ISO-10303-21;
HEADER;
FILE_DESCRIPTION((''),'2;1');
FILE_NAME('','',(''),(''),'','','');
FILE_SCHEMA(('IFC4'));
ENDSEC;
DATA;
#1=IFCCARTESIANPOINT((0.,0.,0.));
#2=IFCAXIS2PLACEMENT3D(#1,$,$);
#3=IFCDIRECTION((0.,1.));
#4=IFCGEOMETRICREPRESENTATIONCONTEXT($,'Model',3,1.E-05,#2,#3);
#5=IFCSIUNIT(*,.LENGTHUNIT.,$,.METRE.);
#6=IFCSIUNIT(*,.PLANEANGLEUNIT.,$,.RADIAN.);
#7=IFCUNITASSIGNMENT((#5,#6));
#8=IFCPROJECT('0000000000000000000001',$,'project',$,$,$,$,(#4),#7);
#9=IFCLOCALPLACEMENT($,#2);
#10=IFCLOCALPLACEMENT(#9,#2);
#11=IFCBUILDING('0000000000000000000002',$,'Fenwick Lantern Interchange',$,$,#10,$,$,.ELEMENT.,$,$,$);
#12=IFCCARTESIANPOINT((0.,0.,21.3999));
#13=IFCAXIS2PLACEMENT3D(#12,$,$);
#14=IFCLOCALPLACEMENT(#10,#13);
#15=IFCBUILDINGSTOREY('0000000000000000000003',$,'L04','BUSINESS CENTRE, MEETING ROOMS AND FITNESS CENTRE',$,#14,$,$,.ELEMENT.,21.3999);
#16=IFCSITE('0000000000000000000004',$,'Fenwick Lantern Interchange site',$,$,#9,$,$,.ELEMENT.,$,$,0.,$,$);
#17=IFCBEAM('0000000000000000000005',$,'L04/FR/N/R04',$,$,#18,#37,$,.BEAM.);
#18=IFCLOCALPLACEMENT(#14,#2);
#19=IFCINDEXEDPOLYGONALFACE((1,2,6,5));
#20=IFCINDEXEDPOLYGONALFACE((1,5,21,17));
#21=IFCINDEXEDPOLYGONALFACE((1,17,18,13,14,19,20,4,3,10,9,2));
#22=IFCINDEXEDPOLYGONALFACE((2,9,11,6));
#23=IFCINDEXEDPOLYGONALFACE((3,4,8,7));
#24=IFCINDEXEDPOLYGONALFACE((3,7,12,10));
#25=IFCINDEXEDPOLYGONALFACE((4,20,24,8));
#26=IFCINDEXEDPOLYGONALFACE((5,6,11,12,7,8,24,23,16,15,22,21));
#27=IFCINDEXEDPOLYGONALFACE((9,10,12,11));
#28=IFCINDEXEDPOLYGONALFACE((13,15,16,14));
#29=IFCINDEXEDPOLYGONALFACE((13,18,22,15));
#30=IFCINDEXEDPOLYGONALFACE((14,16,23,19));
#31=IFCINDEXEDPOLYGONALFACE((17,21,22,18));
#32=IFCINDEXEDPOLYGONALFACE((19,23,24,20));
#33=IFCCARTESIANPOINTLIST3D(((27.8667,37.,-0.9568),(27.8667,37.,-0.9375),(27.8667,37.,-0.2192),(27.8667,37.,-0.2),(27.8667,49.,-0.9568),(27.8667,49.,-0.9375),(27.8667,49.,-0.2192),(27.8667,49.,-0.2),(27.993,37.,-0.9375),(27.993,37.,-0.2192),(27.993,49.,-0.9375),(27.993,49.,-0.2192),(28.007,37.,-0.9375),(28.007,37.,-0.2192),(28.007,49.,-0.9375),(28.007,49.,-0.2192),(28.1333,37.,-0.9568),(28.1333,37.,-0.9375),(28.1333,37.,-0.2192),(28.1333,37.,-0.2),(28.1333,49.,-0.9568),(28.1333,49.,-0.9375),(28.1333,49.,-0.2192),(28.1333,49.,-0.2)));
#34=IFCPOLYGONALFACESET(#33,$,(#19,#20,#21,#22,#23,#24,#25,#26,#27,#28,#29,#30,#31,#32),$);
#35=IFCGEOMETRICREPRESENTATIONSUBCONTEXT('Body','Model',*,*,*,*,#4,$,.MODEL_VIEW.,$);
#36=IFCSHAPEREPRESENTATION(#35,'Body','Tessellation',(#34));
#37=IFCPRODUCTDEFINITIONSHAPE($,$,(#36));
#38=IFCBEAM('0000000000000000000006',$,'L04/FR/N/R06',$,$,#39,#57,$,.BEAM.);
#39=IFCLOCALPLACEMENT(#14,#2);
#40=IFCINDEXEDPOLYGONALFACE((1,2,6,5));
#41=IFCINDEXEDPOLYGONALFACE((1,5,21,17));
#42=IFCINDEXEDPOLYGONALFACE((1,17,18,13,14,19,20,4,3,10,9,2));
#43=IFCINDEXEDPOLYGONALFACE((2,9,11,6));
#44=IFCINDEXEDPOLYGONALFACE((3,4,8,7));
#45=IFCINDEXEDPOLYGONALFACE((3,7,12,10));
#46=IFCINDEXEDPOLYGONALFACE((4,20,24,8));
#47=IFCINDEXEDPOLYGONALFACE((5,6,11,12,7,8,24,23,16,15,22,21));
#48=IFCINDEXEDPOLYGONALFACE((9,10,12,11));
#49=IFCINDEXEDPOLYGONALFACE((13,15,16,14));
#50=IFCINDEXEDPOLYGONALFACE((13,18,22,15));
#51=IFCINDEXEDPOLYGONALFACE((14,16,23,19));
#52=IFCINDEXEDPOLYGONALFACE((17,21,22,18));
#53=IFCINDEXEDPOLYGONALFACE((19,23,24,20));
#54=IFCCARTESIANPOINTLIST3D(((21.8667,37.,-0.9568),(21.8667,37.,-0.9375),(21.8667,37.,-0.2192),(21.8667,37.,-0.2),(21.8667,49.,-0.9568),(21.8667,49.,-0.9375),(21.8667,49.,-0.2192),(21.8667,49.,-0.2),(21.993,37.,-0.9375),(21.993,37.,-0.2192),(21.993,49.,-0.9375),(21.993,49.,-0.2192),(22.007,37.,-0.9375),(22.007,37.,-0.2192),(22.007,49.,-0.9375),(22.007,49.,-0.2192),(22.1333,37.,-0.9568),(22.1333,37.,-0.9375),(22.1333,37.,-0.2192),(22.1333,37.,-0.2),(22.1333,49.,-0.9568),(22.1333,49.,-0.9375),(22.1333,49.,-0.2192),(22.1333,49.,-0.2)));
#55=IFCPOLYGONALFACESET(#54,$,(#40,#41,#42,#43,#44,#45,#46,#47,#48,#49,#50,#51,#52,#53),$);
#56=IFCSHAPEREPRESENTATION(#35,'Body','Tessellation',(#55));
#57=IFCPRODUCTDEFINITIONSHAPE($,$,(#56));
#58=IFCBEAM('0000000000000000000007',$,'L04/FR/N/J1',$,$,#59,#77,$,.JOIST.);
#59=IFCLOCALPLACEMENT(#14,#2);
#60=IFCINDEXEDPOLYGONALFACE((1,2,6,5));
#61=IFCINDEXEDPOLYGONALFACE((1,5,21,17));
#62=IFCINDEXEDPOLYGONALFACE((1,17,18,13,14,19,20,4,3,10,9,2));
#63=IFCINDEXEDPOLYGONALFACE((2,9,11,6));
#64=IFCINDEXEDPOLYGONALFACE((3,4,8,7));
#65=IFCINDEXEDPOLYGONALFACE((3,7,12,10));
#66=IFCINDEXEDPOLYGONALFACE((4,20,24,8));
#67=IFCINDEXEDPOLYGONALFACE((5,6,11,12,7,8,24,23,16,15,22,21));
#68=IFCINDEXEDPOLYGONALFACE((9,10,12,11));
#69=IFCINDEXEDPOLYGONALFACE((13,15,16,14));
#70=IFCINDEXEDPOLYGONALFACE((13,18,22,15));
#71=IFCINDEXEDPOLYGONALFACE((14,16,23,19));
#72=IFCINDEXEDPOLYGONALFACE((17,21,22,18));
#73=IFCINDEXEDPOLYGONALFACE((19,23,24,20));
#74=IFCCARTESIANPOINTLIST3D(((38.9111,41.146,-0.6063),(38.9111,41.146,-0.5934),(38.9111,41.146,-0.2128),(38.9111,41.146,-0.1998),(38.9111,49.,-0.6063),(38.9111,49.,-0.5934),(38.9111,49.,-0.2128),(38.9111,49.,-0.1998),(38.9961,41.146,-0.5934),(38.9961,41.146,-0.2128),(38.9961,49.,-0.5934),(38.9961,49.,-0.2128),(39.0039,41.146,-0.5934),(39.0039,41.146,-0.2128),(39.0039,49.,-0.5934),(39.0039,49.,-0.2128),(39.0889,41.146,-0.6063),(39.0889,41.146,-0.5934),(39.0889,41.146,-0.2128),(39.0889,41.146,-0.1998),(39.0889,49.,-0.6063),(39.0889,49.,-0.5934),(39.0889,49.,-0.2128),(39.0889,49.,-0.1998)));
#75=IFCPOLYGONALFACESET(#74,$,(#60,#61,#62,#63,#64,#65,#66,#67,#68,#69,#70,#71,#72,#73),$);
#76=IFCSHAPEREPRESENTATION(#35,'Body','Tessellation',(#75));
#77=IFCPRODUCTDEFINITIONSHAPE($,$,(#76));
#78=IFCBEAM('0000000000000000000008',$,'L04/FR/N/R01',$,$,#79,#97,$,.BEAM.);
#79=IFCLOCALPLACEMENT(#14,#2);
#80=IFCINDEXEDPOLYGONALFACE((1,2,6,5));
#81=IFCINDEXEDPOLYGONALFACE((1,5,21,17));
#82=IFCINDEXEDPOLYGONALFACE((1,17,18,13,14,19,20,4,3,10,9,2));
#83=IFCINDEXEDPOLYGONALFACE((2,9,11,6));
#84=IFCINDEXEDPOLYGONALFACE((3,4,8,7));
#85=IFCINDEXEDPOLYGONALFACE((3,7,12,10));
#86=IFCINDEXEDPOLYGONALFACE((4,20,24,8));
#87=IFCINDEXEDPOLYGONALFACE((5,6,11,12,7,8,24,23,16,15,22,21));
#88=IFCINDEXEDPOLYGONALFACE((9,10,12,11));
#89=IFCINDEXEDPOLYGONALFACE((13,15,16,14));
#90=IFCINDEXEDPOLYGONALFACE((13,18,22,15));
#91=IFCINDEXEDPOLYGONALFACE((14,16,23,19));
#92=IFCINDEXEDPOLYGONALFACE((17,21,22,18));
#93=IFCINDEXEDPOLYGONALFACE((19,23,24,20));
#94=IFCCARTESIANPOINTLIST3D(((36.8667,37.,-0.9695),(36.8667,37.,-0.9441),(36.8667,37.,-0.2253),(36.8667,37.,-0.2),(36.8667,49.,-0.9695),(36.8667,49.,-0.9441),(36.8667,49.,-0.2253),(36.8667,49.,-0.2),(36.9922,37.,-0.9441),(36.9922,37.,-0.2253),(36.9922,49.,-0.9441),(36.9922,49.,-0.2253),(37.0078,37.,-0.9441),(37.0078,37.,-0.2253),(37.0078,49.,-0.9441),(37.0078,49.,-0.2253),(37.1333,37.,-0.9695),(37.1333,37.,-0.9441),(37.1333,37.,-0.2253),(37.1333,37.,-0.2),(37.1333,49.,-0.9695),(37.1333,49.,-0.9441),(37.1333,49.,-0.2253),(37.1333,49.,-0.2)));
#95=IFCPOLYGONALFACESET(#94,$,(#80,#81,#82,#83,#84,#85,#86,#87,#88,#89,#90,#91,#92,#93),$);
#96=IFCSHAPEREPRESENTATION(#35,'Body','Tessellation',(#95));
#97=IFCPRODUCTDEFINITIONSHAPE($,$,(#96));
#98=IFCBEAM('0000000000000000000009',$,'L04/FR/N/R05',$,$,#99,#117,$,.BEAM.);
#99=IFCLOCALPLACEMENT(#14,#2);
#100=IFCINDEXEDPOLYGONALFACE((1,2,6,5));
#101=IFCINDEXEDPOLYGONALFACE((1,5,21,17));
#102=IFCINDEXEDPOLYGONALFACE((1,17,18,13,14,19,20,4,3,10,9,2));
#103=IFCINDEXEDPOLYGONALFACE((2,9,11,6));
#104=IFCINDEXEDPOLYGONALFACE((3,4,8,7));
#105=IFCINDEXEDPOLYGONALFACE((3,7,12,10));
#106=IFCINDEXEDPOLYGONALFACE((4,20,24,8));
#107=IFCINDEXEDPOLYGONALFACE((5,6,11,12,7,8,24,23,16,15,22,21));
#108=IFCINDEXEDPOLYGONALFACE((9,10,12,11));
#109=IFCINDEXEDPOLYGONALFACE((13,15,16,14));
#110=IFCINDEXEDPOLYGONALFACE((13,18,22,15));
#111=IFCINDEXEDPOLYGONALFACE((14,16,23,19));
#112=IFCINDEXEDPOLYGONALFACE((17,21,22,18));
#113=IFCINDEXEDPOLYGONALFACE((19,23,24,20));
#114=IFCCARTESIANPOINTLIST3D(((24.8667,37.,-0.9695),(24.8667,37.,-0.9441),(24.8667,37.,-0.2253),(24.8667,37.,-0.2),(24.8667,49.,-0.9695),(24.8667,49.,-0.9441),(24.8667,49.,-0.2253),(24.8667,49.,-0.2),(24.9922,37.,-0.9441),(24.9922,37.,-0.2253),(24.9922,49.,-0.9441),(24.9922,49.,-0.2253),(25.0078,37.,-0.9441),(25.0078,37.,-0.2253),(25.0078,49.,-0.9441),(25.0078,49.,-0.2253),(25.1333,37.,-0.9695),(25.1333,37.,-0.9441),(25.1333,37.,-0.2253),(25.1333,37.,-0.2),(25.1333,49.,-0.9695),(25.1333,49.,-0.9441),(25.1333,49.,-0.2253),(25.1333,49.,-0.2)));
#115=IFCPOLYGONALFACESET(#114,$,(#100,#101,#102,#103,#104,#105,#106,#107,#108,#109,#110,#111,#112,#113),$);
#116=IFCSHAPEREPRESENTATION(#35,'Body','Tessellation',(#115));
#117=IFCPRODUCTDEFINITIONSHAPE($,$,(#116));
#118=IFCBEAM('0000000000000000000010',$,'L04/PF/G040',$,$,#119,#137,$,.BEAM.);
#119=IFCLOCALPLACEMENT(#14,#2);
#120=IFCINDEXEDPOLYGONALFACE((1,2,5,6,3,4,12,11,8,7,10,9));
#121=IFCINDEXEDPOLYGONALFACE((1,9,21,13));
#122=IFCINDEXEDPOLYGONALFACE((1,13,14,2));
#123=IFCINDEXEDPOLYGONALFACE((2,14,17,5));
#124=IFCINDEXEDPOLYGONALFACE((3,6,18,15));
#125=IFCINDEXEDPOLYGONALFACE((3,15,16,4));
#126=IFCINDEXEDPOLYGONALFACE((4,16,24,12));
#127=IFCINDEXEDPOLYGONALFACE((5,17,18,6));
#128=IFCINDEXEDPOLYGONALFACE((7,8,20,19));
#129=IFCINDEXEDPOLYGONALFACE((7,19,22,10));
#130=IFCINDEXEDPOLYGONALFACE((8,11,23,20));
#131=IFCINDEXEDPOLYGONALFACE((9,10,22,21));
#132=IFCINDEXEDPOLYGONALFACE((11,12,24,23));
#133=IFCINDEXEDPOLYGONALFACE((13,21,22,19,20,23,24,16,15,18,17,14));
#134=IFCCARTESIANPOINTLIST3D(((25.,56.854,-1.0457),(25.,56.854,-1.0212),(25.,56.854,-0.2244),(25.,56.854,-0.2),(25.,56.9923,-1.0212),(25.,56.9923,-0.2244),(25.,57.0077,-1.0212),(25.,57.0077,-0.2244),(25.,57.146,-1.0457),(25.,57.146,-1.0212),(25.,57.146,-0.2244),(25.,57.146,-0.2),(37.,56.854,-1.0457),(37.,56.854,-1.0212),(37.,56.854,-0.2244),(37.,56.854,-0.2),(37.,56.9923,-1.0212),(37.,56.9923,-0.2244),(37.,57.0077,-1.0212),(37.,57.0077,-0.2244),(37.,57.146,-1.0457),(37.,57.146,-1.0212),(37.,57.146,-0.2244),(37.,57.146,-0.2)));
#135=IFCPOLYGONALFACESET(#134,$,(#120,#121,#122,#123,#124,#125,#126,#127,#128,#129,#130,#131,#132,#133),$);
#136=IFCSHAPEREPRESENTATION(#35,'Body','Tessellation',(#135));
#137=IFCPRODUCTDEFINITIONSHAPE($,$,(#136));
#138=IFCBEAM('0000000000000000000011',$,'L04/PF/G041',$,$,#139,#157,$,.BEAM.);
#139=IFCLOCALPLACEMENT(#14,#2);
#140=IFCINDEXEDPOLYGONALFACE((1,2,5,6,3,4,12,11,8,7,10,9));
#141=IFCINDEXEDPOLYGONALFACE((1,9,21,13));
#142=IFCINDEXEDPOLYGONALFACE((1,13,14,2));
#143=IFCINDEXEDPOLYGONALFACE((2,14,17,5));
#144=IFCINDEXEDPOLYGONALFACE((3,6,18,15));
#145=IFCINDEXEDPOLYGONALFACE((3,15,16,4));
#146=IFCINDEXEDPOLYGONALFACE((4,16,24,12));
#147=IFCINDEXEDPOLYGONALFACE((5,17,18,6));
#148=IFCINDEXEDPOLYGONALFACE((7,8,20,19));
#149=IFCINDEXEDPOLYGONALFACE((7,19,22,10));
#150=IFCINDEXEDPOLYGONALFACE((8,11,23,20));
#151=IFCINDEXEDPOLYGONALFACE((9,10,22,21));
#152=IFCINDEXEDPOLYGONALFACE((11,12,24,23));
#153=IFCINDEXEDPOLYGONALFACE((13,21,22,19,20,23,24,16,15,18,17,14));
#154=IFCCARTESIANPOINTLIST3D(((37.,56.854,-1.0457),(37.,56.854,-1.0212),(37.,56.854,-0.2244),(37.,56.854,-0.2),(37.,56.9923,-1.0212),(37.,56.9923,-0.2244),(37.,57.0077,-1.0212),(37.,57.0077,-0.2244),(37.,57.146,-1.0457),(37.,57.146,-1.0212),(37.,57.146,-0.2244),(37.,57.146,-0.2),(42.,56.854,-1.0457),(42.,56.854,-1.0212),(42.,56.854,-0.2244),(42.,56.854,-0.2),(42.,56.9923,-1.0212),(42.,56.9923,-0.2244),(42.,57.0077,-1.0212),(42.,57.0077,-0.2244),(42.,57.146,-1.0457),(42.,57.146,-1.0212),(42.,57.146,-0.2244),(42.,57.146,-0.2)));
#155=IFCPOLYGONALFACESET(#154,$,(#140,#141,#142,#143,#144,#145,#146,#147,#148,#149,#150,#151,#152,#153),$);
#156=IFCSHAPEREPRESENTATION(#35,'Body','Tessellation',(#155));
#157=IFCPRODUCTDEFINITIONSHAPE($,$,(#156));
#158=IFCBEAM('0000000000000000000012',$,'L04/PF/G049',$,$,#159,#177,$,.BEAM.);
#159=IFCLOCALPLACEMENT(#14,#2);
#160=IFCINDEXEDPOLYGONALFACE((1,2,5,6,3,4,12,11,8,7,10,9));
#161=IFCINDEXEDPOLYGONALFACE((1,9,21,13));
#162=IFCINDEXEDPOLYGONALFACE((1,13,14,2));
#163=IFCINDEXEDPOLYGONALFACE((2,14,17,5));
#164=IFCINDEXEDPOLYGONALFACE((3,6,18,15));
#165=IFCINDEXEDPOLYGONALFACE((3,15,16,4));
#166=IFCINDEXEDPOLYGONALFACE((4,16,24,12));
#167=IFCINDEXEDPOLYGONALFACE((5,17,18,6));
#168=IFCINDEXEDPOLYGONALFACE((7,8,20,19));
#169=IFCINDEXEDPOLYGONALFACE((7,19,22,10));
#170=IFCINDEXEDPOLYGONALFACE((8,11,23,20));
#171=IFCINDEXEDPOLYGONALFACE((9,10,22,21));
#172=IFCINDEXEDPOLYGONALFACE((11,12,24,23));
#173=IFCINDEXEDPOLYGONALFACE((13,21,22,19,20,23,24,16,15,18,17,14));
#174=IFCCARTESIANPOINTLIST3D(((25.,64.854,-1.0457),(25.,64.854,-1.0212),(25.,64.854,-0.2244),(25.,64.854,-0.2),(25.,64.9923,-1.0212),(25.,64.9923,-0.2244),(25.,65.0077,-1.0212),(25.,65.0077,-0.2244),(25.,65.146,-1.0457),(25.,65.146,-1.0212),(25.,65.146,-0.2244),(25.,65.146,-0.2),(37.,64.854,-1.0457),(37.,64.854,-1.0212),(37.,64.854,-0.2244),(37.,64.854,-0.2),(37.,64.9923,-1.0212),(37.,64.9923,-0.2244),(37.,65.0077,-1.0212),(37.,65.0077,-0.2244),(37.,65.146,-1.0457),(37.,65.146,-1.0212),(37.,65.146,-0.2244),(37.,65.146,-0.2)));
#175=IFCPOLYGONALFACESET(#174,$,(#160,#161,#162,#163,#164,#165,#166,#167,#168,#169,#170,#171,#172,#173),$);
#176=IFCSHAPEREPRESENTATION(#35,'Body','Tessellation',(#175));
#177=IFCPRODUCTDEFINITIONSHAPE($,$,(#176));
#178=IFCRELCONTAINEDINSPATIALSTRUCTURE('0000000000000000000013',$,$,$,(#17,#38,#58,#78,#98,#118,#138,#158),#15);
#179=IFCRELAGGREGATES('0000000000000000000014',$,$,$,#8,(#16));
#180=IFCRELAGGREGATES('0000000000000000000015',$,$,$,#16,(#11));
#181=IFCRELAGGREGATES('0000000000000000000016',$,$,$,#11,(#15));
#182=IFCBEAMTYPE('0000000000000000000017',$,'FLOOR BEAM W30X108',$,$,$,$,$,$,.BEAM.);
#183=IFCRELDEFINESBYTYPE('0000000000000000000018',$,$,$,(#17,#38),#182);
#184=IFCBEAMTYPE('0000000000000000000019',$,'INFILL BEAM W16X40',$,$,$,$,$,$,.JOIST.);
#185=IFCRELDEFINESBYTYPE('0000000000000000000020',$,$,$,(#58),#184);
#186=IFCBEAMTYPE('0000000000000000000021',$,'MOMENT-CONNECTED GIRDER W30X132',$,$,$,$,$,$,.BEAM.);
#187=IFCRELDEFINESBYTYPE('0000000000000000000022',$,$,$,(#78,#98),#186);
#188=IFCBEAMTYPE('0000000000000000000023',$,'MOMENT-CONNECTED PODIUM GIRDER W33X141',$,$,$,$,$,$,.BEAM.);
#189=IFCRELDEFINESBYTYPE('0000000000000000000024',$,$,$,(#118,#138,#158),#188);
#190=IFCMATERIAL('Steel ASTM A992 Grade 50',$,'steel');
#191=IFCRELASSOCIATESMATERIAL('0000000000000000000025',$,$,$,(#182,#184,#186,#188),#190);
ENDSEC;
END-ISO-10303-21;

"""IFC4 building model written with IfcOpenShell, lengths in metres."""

from ifc_helpers import new_model, si_unit, direction, frame, origin, origin_2d, place, context, subcontext, project, spatial, i_section, extrude, material, material_profile, profile_set, type_object, element, save


model = new_model("IFC4")

# Units and contexts
model_context = context("Model", 3, precision=1e-05, world=origin(), true_north=direction((0.0, 1.0)))
body_context = subcontext(model_context, "Body", "Model", "MODEL_VIEW")
ifc_project = project(units=[si_unit("LENGTHUNIT", "METRE"), si_unit("PLANEANGLEUNIT", "RADIAN")], contexts=[model_context])

# Site, building, storey
site_placement = place(None, origin())
site = spatial("IfcSite", under=ifc_project, at=site_placement, Name="Fenwick Lantern Interchange site", CompositionType="ELEMENT", RefElevation=0.0)
building_placement = place(site_placement, origin())
building = spatial("IfcBuilding", under=site, at=building_placement, Name="Fenwick Lantern Interchange", CompositionType="ELEMENT")
storey_placement = place(building_placement, frame((0.0, 0.0, 21.3999)))
storey = spatial("IfcBuildingStorey", under=building, at=storey_placement, Name="L04", Description="BUSINESS CENTRE, MEETING ROOMS AND FITNESS CENTRE", CompositionType="ELEMENT", Elevation=21.3999)

# Shared definitions
ifc_material_1 = material(Name="Steel ASTM A992 Grade 50", Category="steel")

# Beams
ifc_material_profile_1 = material_profile(ifc_material_1, i_section(OverallWidth=0.2666, OverallDepth=0.7568, WebThickness=0.0139, FlangeThickness=0.0193, at=origin_2d()), Name="W30X108")
ifc_profile_set_1 = profile_set([ifc_material_profile_1], Name="Steel ASTM A992 Grade 50")
beam_type_1 = type_object("IfcBeamType", Name="FLOOR BEAM W30X108", PredefinedType="BEAM", material=ifc_profile_set_1)
for number, where, z_axis, x_axis, name in (
    (1, (28.0, 49.0, -0.5784), (0.0, -1.0, 0.0), (1.0, 0.0, 0.0), "L04/FR/N/R04"),
    (2, (22.0, 49.0, -0.5784), (0.0, -1.0, 0.0), (1.0, 0.0, 0.0), "L04/FR/N/R06"),
):
    element("IfcBeam", number, at=place(storey_placement, frame(where, z_axis=z_axis, x_axis=x_axis)), inside=storey, type_object=beam_type_1, Name=name, PredefinedType="BEAM", context=body_context, shape_type="SweptSolid", body=[
        extrude(i_section(OverallWidth=0.2666, OverallDepth=0.7568, WebThickness=0.0139, FlangeThickness=0.0193, at=origin_2d()), origin(), (0.0, 0.0, 1.0), 12.0),
    ])
ifc_material_profile_2 = material_profile(ifc_material_1, i_section(OverallWidth=0.1777, OverallDepth=0.4065, WebThickness=0.0078, FlangeThickness=0.0129, at=origin_2d()), Name="W16X40")
ifc_profile_set_2 = profile_set([ifc_material_profile_2], Name="Steel ASTM A992 Grade 50")
beam_type_2 = type_object("IfcBeamType", Name="INFILL BEAM W16X40", PredefinedType="JOIST", material=ifc_profile_set_2)
beam_1_placement = place(storey_placement, frame((39.0, 49.0, -0.4031), z_axis=(0.0, -1.0, 0.0), x_axis=(1.0, 0.0, 0.0)))
element("IfcBeam", 3, at=beam_1_placement, inside=storey, type_object=beam_type_2, Name="L04/FR/N/J1", PredefinedType="JOIST", context=body_context, shape_type="SweptSolid", body=[
    extrude(i_section(OverallWidth=0.1777, OverallDepth=0.4065, WebThickness=0.0078, FlangeThickness=0.0129, at=origin_2d()), origin(), (0.0, 0.0, 1.0), 7.854),
])
ifc_material_profile_3 = material_profile(ifc_material_1, i_section(OverallWidth=0.2666, OverallDepth=0.7695, WebThickness=0.0156, FlangeThickness=0.0254, at=origin_2d()), Name="W30X132")
ifc_profile_set_3 = profile_set([ifc_material_profile_3], Name="Steel ASTM A992 Grade 50")
beam_type_3 = type_object("IfcBeamType", Name="MOMENT-CONNECTED GIRDER W30X132", PredefinedType="BEAM", material=ifc_profile_set_3)
for number, where, z_axis, x_axis, name in (
    (4, (37.0, 49.0, -0.5847), (0.0, -1.0, 0.0), (1.0, 0.0, 0.0), "L04/FR/N/R01"),
    (5, (25.0, 49.0, -0.5847), (0.0, -1.0, 0.0), (1.0, 0.0, 0.0), "L04/FR/N/R05"),
):
    element("IfcBeam", number, at=place(storey_placement, frame(where, z_axis=z_axis, x_axis=x_axis)), inside=storey, type_object=beam_type_3, Name=name, PredefinedType="BEAM", context=body_context, shape_type="SweptSolid", body=[
        extrude(i_section(OverallWidth=0.2666, OverallDepth=0.7695, WebThickness=0.0156, FlangeThickness=0.0254, at=origin_2d()), origin(), (0.0, 0.0, 1.0), 12.0),
    ])
ifc_material_profile_4 = material_profile(ifc_material_1, i_section(OverallWidth=0.292, OverallDepth=0.8457, WebThickness=0.0154, FlangeThickness=0.0244, at=origin_2d()), Name="W33X141")
ifc_profile_set_4 = profile_set([ifc_material_profile_4], Name="Steel ASTM A992 Grade 50")
beam_type_4 = type_object("IfcBeamType", Name="MOMENT-CONNECTED PODIUM GIRDER W33X141", PredefinedType="BEAM", material=ifc_profile_set_4)
beam_2_placement = place(storey_placement, frame((25.0, 57.0, -0.6228), z_axis=(1.0, 0.0, 0.0), x_axis=(0.0, 1.0, 0.0)))
element("IfcBeam", 6, at=beam_2_placement, inside=storey, type_object=beam_type_4, Name="L04/PF/G040", PredefinedType="BEAM", context=body_context, shape_type="SweptSolid", body=[
    extrude(i_section(OverallWidth=0.292, OverallDepth=0.8457, WebThickness=0.0154, FlangeThickness=0.0244, at=origin_2d()), origin(), (0.0, 0.0, 1.0), 12.0),
])
beam_3_placement = place(storey_placement, frame((37.0, 57.0, -0.6228), z_axis=(1.0, 0.0, 0.0), x_axis=(0.0, 1.0, 0.0)))
element("IfcBeam", 7, at=beam_3_placement, inside=storey, type_object=beam_type_4, Name="L04/PF/G041", PredefinedType="BEAM", context=body_context, shape_type="SweptSolid", body=[
    extrude(i_section(OverallWidth=0.292, OverallDepth=0.8457, WebThickness=0.0154, FlangeThickness=0.0244, at=origin_2d()), origin(), (0.0, 0.0, 1.0), 5.0),
])
beam_4_placement = place(storey_placement, frame((25.0, 65.0, -0.6228), z_axis=(1.0, 0.0, 0.0), x_axis=(0.0, 1.0, 0.0)))
element("IfcBeam", 8, at=beam_4_placement, inside=storey, type_object=beam_type_4, Name="L04/PF/G049", PredefinedType="BEAM", context=body_context, shape_type="SweptSolid", body=[
    extrude(i_section(OverallWidth=0.292, OverallDepth=0.8457, WebThickness=0.0154, FlangeThickness=0.0244, at=origin_2d()), origin(), (0.0, 0.0, 1.0), 12.0),
])

save(model, "model.ifc")
